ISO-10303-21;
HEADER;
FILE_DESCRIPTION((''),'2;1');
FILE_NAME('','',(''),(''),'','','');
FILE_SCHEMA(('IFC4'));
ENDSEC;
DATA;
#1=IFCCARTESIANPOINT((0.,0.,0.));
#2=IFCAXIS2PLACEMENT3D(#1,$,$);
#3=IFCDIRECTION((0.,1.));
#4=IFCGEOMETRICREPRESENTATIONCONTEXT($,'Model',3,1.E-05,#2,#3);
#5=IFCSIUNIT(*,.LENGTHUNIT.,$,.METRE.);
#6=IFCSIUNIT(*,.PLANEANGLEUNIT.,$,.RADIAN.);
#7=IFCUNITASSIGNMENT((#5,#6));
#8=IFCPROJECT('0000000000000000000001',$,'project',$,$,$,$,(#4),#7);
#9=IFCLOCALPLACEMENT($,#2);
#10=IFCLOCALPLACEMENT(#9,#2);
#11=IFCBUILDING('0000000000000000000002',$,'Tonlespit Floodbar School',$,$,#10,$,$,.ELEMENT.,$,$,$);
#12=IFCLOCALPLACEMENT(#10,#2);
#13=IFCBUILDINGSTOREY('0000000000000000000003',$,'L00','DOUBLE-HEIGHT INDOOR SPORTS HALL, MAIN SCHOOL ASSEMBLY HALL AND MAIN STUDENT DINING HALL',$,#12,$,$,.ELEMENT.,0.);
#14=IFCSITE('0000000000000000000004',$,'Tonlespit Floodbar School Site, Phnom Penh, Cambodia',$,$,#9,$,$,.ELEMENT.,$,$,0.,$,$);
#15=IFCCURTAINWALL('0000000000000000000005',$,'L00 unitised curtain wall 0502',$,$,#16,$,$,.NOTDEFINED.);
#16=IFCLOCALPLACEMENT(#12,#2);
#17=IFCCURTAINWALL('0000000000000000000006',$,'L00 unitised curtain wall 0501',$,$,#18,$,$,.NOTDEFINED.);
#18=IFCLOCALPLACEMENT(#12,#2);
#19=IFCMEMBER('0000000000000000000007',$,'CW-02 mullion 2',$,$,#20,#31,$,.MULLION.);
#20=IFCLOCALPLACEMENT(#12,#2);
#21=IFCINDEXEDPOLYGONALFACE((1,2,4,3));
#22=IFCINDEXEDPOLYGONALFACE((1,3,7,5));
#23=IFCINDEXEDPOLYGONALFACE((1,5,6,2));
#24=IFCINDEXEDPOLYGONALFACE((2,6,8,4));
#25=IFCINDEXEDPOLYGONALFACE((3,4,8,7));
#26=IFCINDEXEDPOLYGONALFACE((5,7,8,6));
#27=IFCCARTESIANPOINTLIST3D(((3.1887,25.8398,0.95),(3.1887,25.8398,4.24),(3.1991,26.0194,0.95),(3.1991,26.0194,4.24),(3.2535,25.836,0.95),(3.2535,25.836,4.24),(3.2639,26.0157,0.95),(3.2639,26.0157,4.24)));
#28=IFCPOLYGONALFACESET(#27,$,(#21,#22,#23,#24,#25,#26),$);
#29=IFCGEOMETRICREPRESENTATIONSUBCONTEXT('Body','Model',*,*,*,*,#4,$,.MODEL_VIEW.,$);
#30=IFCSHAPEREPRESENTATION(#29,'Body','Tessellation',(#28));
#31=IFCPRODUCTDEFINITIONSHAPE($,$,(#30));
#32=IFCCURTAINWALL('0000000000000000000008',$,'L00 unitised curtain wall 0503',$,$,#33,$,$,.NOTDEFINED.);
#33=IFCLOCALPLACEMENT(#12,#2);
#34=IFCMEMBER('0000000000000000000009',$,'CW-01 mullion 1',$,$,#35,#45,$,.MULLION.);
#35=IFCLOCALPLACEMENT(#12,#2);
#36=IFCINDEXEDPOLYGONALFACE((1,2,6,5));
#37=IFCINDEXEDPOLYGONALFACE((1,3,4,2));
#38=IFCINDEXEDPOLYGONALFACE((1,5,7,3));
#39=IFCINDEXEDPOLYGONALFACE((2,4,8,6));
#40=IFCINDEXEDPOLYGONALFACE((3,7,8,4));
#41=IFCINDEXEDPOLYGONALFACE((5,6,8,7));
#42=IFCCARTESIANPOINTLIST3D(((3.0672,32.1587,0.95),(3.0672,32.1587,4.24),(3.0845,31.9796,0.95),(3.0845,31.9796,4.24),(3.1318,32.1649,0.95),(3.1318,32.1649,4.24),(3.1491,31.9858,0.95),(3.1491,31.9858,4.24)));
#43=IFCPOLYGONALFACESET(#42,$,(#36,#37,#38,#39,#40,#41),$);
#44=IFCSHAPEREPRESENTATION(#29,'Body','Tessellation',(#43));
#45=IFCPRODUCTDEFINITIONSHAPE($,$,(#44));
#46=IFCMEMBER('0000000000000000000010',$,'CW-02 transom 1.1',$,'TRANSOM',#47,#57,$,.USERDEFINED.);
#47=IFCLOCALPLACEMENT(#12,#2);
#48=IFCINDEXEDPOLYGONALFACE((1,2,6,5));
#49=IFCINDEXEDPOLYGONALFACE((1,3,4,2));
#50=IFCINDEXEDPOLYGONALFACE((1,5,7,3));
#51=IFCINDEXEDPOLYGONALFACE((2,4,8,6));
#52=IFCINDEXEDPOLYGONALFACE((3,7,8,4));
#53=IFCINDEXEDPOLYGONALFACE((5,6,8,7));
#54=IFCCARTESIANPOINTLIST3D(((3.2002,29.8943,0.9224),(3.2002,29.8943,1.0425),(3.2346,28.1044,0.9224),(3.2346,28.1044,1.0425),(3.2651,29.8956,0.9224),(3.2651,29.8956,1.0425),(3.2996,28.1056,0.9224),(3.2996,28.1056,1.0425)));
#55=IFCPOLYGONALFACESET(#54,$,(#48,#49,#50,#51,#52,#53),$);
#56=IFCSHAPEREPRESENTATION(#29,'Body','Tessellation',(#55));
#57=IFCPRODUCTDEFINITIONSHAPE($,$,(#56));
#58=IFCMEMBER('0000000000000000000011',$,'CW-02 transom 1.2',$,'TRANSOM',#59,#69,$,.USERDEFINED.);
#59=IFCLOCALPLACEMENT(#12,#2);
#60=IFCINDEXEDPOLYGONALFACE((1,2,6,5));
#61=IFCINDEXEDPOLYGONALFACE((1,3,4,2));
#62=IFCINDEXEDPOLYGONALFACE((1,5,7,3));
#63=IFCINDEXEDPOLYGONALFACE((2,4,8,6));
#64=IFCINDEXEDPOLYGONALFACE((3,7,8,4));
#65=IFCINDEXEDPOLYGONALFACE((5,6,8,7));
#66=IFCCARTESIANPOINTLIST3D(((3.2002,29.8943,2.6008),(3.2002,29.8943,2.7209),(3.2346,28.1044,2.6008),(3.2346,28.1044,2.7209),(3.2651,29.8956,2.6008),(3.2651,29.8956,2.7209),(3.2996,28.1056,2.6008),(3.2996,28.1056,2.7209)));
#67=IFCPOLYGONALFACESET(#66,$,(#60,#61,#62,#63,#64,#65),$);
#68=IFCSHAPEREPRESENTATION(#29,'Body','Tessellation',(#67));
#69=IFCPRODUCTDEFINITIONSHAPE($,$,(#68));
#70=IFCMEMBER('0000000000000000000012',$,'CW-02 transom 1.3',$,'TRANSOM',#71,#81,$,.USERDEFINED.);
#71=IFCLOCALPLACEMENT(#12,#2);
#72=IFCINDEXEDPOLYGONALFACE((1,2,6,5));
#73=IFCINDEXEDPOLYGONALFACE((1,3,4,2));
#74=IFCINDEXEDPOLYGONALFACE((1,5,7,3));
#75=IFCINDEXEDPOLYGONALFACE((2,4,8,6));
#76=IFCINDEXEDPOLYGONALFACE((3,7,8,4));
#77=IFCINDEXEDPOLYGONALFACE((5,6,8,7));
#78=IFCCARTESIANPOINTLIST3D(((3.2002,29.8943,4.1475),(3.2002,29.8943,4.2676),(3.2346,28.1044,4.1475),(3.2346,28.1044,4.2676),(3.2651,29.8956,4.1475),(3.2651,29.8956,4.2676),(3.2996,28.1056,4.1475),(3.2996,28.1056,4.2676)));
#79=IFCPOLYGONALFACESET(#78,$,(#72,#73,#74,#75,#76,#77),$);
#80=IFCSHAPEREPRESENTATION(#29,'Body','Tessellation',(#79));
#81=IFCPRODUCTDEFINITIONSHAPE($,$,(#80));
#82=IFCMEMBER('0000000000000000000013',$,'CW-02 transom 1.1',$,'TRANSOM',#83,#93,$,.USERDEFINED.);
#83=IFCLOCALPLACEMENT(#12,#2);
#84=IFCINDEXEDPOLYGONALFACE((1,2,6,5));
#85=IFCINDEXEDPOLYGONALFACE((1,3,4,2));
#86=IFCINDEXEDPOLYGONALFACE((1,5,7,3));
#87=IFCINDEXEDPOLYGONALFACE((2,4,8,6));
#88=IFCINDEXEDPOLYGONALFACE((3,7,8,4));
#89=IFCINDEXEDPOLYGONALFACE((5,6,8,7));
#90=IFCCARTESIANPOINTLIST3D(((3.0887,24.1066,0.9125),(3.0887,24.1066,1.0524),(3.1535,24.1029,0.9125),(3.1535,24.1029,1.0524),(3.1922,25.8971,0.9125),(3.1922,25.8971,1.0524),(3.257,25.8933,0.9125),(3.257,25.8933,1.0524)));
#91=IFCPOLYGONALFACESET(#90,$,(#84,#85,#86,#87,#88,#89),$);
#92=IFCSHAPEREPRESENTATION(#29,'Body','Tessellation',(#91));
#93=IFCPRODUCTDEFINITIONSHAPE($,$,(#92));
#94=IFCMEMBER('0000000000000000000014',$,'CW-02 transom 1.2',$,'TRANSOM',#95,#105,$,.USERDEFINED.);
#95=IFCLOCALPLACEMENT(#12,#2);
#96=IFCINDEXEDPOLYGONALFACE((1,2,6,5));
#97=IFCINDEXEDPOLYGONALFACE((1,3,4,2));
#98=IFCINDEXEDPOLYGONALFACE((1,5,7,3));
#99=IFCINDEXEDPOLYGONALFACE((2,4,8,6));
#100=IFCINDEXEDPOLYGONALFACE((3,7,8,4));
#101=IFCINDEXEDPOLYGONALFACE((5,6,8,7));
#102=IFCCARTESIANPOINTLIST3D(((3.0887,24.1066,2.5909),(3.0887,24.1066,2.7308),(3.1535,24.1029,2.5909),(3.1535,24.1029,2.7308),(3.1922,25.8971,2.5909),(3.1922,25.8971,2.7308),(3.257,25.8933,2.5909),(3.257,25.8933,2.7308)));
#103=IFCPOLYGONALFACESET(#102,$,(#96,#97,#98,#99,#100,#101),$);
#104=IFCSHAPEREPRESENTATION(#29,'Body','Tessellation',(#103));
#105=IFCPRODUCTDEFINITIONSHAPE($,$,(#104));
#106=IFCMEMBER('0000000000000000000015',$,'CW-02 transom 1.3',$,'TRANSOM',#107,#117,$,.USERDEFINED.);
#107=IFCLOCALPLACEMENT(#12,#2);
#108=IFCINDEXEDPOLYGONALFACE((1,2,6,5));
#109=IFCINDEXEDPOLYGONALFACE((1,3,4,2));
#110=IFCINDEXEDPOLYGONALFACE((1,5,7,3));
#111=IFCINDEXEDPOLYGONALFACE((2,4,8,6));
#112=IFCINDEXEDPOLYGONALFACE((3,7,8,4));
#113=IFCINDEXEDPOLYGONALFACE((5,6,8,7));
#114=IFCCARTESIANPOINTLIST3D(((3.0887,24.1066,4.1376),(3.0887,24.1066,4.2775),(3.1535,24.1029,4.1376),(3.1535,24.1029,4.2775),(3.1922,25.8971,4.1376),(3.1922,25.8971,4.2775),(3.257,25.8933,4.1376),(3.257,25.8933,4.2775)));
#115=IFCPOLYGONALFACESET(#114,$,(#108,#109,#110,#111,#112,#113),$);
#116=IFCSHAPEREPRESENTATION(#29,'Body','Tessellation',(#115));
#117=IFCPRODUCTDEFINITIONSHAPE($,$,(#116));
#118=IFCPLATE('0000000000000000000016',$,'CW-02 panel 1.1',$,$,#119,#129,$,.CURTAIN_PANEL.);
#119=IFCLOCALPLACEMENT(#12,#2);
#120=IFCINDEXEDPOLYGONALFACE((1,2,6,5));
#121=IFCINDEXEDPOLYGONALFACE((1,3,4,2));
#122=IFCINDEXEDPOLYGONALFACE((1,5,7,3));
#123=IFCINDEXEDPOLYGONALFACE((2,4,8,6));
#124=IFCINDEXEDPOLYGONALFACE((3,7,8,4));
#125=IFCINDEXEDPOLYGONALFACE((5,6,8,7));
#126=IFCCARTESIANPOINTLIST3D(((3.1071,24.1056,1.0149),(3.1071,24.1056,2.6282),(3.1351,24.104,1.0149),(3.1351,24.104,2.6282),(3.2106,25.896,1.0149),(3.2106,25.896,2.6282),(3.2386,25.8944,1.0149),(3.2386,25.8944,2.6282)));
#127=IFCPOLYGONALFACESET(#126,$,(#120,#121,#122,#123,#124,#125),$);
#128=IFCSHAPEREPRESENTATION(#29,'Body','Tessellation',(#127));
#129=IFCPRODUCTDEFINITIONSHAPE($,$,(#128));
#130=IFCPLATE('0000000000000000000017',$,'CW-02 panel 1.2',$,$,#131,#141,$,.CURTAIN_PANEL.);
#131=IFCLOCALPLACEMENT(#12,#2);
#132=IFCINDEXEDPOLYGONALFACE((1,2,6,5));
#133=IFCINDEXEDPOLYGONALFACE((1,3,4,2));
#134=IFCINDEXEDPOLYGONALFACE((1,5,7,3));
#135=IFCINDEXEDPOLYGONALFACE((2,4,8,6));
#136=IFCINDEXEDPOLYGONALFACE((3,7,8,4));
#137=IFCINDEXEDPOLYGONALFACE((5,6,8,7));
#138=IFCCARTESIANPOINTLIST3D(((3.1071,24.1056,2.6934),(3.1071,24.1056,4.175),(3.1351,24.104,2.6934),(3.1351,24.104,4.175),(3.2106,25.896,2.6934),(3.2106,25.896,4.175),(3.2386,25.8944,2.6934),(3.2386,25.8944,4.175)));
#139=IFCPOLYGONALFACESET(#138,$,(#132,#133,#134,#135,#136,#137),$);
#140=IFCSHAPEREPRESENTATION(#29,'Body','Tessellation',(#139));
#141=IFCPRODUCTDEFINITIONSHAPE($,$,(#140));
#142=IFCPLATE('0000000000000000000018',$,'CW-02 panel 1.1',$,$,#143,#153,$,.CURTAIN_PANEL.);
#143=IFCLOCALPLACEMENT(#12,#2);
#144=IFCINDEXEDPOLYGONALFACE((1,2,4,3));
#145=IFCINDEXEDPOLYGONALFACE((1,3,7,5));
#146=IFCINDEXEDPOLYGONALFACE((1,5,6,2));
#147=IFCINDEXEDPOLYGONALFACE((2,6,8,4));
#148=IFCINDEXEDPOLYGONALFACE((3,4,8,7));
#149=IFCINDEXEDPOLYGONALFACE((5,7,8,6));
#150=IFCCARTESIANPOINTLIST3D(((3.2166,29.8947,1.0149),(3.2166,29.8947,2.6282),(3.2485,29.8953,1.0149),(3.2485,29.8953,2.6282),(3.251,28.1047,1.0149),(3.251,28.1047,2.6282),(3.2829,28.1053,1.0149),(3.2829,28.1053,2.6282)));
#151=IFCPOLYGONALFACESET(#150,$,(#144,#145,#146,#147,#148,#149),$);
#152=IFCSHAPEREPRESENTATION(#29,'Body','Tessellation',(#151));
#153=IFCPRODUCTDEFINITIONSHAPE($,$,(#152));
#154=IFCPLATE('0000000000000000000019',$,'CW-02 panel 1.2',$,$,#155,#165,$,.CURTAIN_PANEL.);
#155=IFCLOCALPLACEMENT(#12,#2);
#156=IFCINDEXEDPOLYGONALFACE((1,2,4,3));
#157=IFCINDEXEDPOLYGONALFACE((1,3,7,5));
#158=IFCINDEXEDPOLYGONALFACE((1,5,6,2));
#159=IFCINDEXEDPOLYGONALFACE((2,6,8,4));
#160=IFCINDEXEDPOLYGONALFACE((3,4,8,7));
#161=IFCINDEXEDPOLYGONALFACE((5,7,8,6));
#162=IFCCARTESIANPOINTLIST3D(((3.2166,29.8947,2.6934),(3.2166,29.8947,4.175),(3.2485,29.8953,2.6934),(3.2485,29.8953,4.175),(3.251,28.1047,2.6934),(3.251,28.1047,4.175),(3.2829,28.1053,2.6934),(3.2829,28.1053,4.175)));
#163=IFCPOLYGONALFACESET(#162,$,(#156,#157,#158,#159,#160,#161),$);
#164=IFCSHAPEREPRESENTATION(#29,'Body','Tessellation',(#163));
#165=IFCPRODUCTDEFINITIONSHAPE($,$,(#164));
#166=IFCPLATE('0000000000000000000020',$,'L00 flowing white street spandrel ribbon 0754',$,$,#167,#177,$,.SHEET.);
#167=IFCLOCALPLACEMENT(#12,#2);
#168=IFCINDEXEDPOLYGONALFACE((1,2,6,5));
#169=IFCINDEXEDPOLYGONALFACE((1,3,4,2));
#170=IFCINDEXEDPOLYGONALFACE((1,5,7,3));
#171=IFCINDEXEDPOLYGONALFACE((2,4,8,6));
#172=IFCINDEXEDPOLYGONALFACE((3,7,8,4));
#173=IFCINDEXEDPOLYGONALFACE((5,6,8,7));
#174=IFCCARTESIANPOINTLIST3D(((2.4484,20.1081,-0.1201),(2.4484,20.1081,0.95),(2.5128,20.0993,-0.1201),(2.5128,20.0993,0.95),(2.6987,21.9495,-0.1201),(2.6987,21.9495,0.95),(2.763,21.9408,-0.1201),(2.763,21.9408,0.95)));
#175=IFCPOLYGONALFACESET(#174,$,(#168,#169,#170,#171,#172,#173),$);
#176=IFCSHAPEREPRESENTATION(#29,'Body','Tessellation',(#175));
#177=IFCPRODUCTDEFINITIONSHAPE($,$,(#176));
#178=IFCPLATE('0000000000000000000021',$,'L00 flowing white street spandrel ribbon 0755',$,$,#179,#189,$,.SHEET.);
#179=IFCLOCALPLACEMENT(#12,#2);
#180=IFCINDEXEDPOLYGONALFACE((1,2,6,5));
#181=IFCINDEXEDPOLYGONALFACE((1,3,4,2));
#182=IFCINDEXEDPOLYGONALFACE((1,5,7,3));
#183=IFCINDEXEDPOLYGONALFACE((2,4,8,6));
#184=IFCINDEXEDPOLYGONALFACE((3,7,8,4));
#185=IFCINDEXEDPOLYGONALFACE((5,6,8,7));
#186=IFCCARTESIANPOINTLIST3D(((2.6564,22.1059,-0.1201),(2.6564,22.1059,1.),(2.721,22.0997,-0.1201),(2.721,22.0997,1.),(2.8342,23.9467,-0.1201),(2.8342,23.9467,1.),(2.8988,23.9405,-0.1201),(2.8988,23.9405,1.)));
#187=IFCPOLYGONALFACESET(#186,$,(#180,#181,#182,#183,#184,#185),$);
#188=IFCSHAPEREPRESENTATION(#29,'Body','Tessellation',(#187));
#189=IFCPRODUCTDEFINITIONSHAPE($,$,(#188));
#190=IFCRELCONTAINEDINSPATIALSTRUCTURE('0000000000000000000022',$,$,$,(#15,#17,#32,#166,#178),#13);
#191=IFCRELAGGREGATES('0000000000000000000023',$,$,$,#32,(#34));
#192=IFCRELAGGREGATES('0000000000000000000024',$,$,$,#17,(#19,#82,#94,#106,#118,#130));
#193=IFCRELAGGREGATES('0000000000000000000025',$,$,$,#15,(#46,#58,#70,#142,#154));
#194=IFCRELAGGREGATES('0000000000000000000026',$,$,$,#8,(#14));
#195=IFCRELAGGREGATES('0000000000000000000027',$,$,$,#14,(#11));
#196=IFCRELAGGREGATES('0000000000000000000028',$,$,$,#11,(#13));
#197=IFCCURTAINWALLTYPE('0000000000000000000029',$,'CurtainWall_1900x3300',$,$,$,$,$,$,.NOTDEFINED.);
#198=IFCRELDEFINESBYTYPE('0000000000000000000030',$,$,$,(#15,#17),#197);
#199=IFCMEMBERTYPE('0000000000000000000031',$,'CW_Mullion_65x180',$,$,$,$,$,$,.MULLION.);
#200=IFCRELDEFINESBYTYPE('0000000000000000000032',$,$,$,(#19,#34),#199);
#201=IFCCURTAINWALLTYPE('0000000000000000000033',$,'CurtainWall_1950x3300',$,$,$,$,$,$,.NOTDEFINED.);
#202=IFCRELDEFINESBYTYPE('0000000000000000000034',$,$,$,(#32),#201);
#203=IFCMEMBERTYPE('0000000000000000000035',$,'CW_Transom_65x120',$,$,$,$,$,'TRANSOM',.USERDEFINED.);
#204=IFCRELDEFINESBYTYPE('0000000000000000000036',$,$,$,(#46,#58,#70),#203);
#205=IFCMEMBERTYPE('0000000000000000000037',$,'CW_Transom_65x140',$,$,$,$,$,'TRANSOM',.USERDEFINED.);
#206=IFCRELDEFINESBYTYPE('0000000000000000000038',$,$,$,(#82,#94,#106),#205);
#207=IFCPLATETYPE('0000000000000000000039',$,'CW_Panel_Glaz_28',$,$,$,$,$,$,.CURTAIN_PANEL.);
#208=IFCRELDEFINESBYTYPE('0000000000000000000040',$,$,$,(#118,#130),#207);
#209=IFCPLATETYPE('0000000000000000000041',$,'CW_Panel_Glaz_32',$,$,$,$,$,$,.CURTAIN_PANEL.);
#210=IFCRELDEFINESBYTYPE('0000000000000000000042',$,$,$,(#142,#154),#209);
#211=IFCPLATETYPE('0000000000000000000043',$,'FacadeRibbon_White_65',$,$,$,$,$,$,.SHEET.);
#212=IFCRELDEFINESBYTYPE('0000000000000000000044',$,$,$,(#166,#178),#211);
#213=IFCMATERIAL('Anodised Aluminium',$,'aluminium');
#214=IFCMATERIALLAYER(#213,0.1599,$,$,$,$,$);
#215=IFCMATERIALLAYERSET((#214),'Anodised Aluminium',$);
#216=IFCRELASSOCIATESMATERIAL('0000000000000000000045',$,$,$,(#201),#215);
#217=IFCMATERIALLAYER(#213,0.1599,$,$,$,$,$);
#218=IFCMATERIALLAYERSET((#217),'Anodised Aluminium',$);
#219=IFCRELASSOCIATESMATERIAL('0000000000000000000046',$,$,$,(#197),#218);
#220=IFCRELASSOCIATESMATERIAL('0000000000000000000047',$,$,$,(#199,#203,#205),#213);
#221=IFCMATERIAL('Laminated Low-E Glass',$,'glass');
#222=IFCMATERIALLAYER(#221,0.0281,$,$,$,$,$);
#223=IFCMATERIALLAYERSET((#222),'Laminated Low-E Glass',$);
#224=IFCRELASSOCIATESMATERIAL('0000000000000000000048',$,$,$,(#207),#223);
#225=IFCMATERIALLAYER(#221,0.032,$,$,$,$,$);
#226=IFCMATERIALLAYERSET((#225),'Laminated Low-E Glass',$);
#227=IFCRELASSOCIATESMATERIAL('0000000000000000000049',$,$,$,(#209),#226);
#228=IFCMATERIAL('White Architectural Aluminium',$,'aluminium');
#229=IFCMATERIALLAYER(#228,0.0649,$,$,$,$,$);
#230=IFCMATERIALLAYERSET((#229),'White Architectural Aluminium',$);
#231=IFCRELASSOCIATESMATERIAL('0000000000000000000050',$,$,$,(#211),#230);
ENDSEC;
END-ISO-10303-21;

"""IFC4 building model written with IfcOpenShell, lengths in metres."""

from ifc_helpers import new_model, si_unit, direction, frame, origin, origin_2d, place, context, subcontext, project, spatial, rectangle, extrude, material, layer, layer_set, material_profile, profile_set, type_object, element, aggregate, save


model = new_model("IFC4")

# Units and contexts
model_context = context("Model", 3, precision=1e-05, world=origin(), true_north=direction((0.0, 1.0)))
body_context = subcontext(model_context, "Body", "Model", "MODEL_VIEW")
ifc_project = project(units=[si_unit("LENGTHUNIT", "METRE"), si_unit("PLANEANGLEUNIT", "RADIAN")], contexts=[model_context])

# Site, building, storey
site_placement = place(None, origin())
site = spatial("IfcSite", under=ifc_project, at=site_placement, Name="Tonlespit Floodbar School Site, Phnom Penh, Cambodia", CompositionType="ELEMENT", RefElevation=0.0)
building_placement = place(site_placement, origin())
building = spatial("IfcBuilding", under=site, at=building_placement, Name="Tonlespit Floodbar School", CompositionType="ELEMENT")
storey_placement = place(building_placement, origin())
storey = spatial("IfcBuildingStorey", under=building, at=storey_placement, Name="L00", Description="DOUBLE-HEIGHT INDOOR SPORTS HALL, MAIN SCHOOL ASSEMBLY HALL AND MAIN STUDENT DINING HALL", CompositionType="ELEMENT", Elevation=0.0)

# Shared definitions
ifc_material_1 = material(Name="Anodised Aluminium", Category="aluminium")
ifc_layer_1 = layer(ifc_material_1, 0.1599)
ifc_layer_set_1 = layer_set([ifc_layer_1], Name="Anodised Aluminium")
curtain_wall_type_1 = type_object("IfcCurtainWallType", Name="CurtainWall_1950x3300", PredefinedType="NOTDEFINED", material=ifc_layer_set_1)

# Curtain walls, member
ifc_layer_2 = layer(ifc_material_1, 0.1599)
ifc_layer_set_2 = layer_set([ifc_layer_2], Name="Anodised Aluminium")
curtain_wall_type_2 = type_object("IfcCurtainWallType", Name="CurtainWall_1900x3300", PredefinedType="NOTDEFINED", material=ifc_layer_set_2)
curtain_wall_1_placement = place(storey_placement, origin())
curtain_wall_1 = element("IfcCurtainWall", 1, at=curtain_wall_1_placement, inside=storey, type_object=curtain_wall_type_2, Name="L00 unitised curtain wall 0502", PredefinedType="NOTDEFINED")
curtain_wall_2_placement = place(storey_placement, origin())
curtain_wall_2 = element("IfcCurtainWall", 2, at=curtain_wall_2_placement, inside=storey, type_object=curtain_wall_type_2, Name="L00 unitised curtain wall 0501", PredefinedType="NOTDEFINED")
ifc_material_profile_1 = material_profile(ifc_material_1, rectangle(XDim=0.0649, YDim=0.1799, at=origin_2d()), Name="ALU M65x180")
ifc_profile_set_1 = profile_set([ifc_material_profile_1], Name="Anodised Aluminium")
member_type_1 = type_object("IfcMemberType", Name="CW_Mullion_65x180", PredefinedType="MULLION", material=ifc_profile_set_1)
member_1_placement = place(storey_placement, frame((3.2263, 25.9277, 0.95), z_axis=(0.0, 0.0, 1.0), x_axis=(-0.998333, 0.05771, 0.0)))
member_1 = element("IfcMember", 3, at=member_1_placement, type_object=member_type_1, Name="CW-02 mullion 2", PredefinedType="MULLION", context=body_context, shape_type="SweptSolid", body=[
    extrude(rectangle(XDim=0.0649, YDim=0.1799, at=origin_2d()), origin(), (0.0, 0.0, 1.0), 3.29),
])

# Curtain wall, member
curtain_wall_3_placement = place(storey_placement, origin())
curtain_wall_3 = element("IfcCurtainWall", 4, at=curtain_wall_3_placement, inside=storey, type_object=curtain_wall_type_1, Name="L00 unitised curtain wall 0503", PredefinedType="NOTDEFINED")
member_2_placement = place(storey_placement, frame((3.1082, 32.0723, 0.95), z_axis=(0.0, 0.0, 1.0), x_axis=(-0.995362, -0.096198, 0.0)))
member_2 = element("IfcMember", 5, at=member_2_placement, type_object=member_type_1, Name="CW-01 mullion 1", PredefinedType="MULLION", context=body_context, shape_type="SweptSolid", body=[
    extrude(rectangle(XDim=0.0649, YDim=0.1799, at=origin_2d()), origin(), (0.0, 0.0, 1.0), 3.29),
])
aggregate(curtain_wall_3, [member_2])

# Members
ifc_material_profile_2 = material_profile(ifc_material_1, rectangle(XDim=0.0649, YDim=0.1201, at=origin_2d()), Name="ALU T65x120")
ifc_profile_set_2 = profile_set([ifc_material_profile_2], Name="Anodised Aluminium")
member_type_2 = type_object("IfcMemberType", Name="CW_Transom_65x120", ElementType="TRANSOM", PredefinedType="USERDEFINED", material=ifc_profile_set_2)
member_3_placement = place(storey_placement, frame((3.2671, 28.105, 0.9824), z_axis=(-0.019227, 0.999815, 0.0), x_axis=(-0.999815, -0.019227, 0.0)))
member_3 = element("IfcMember", 6, at=member_3_placement, type_object=member_type_2, Name="CW-02 transom 1.1", ObjectType="TRANSOM", PredefinedType="USERDEFINED", context=body_context, shape_type="SweptSolid", body=[
    extrude(rectangle(XDim=0.0649, YDim=0.1201, at=origin_2d()), origin(), (0.0, 0.0, 1.0), 1.7903),
])
member_4_placement = place(storey_placement, frame((3.2671, 28.105, 2.6609), z_axis=(-0.019227, 0.999815, 0.0), x_axis=(-0.999815, -0.019227, 0.0)))
member_4 = element("IfcMember", 7, at=member_4_placement, type_object=member_type_2, Name="CW-02 transom 1.2", ObjectType="TRANSOM", PredefinedType="USERDEFINED", context=body_context, shape_type="SweptSolid", body=[
    extrude(rectangle(XDim=0.0649, YDim=0.1201, at=origin_2d()), origin(), (0.0, 0.0, 1.0), 1.7903),
])
member_5_placement = place(storey_placement, frame((3.2671, 28.105, 4.2075), z_axis=(-0.019227, 0.999815, 0.0), x_axis=(-0.999815, -0.019227, 0.0)))
member_5 = element("IfcMember", 8, at=member_5_placement, type_object=member_type_2, Name="CW-02 transom 1.3", ObjectType="TRANSOM", PredefinedType="USERDEFINED", context=body_context, shape_type="SweptSolid", body=[
    extrude(rectangle(XDim=0.0649, YDim=0.1201, at=origin_2d()), origin(), (0.0, 0.0, 1.0), 1.7903),
])
ifc_material_profile_3 = material_profile(ifc_material_1, rectangle(XDim=0.0649, YDim=0.1399, at=origin_2d()), Name="ALU T65x140")
ifc_profile_set_3 = profile_set([ifc_material_profile_3], Name="Anodised Aluminium")
member_type_3 = type_object("IfcMemberType", Name="CW_Transom_65x140", ElementType="TRANSOM", PredefinedType="USERDEFINED", material=ifc_profile_set_3)
member_6_placement = place(storey_placement, frame((3.1211, 24.1047, 0.9824), z_axis=(0.057717, 0.998333, 0.0), x_axis=(-0.998333, 0.057717, 0.0)))
member_6 = element("IfcMember", 9, at=member_6_placement, type_object=member_type_3, Name="CW-02 transom 1.1", ObjectType="TRANSOM", PredefinedType="USERDEFINED", context=body_context, shape_type="SweptSolid", body=[
    extrude(rectangle(XDim=0.0649, YDim=0.1399, at=origin_2d()), origin(), (0.0, 0.0, 1.0), 1.7935),
])
member_7_placement = place(storey_placement, frame((3.1211, 24.1047, 2.6609), z_axis=(0.057717, 0.998333, 0.0), x_axis=(-0.998333, 0.057717, 0.0)))
member_7 = element("IfcMember", 10, at=member_7_placement, type_object=member_type_3, Name="CW-02 transom 1.2", ObjectType="TRANSOM", PredefinedType="USERDEFINED", context=body_context, shape_type="SweptSolid", body=[
    extrude(rectangle(XDim=0.0649, YDim=0.1399, at=origin_2d()), origin(), (0.0, 0.0, 1.0), 1.7935),
])
member_8_placement = place(storey_placement, frame((3.1211, 24.1047, 4.2075), z_axis=(0.057717, 0.998333, 0.0), x_axis=(-0.998333, 0.057717, 0.0)))
member_8 = element("IfcMember", 11, at=member_8_placement, type_object=member_type_3, Name="CW-02 transom 1.3", ObjectType="TRANSOM", PredefinedType="USERDEFINED", context=body_context, shape_type="SweptSolid", body=[
    extrude(rectangle(XDim=0.0649, YDim=0.1399, at=origin_2d()), origin(), (0.0, 0.0, 1.0), 1.7935),
])

# Plates
ifc_material_2 = material(Name="Laminated Low-E Glass", Category="glass")
ifc_layer_3 = layer(ifc_material_2, 0.0281)
ifc_layer_set_3 = layer_set([ifc_layer_3], Name="Laminated Low-E Glass")
plate_type_1 = type_object("IfcPlateType", Name="CW_Panel_Glaz_28", PredefinedType="CURTAIN_PANEL", material=ifc_layer_set_3)
plate_1_placement = place(storey_placement, frame((3.1729, 25.0, 1.0149), z_axis=(0.0, 0.0, 1.0), x_axis=(0.05771, 0.998333, 0.0)))
plate_1 = element("IfcPlate", 12, at=plate_1_placement, type_object=plate_type_1, Name="CW-02 panel 1.1", PredefinedType="CURTAIN_PANEL", context=body_context, shape_type="SweptSolid", body=[
    extrude(rectangle(XDim=1.7935, YDim=0.0281, at=origin_2d()), origin(), (0.0, 0.0, 1.0), 1.6133),
])
plate_2_placement = place(storey_placement, frame((3.1729, 25.0, 2.6934), z_axis=(0.0, 0.0, 1.0), x_axis=(0.05771, 0.998333, 0.0)))
plate_2 = element("IfcPlate", 13, at=plate_2_placement, type_object=plate_type_1, Name="CW-02 panel 1.2", PredefinedType="CURTAIN_PANEL", context=body_context, shape_type="SweptSolid", body=[
    extrude(rectangle(XDim=1.7935, YDim=0.0281, at=origin_2d()), origin(), (0.0, 0.0, 1.0), 1.4817),
])
aggregate(curtain_wall_2, [member_1, member_6, member_7, member_8, plate_1, plate_2])
ifc_layer_4 = layer(ifc_material_2, 0.032)
ifc_layer_set_4 = layer_set([ifc_layer_4], Name="Laminated Low-E Glass")
plate_type_2 = type_object("IfcPlateType", Name="CW_Panel_Glaz_32", PredefinedType="CURTAIN_PANEL", material=ifc_layer_set_4)
plate_3_placement = place(storey_placement, frame((3.2498, 29.0, 1.0149), z_axis=(0.0, 0.0, 1.0), x_axis=(-0.019215, 0.999815, 0.0)))
plate_3 = element("IfcPlate", 14, at=plate_3_placement, type_object=plate_type_2, Name="CW-02 panel 1.1", PredefinedType="CURTAIN_PANEL", context=body_context, shape_type="SweptSolid", body=[
    extrude(rectangle(XDim=1.7903, YDim=0.032, at=origin_2d()), origin(), (0.0, 0.0, 1.0), 1.6133),
])
plate_4_placement = place(storey_placement, frame((3.2498, 29.0, 2.6934), z_axis=(0.0, 0.0, 1.0), x_axis=(-0.019215, 0.999815, 0.0)))
plate_4 = element("IfcPlate", 15, at=plate_4_placement, type_object=plate_type_2, Name="CW-02 panel 1.2", PredefinedType="CURTAIN_PANEL", context=body_context, shape_type="SweptSolid", body=[
    extrude(rectangle(XDim=1.7903, YDim=0.032, at=origin_2d()), origin(), (0.0, 0.0, 1.0), 1.4817),
])
aggregate(curtain_wall_1, [member_3, member_4, member_5, plate_3, plate_4])

# Plates
ifc_material_3 = material(Name="White Architectural Aluminium", Category="aluminium")
ifc_layer_5 = layer(ifc_material_3, 0.0649)
ifc_layer_set_5 = layer_set([ifc_layer_5], Name="White Architectural Aluminium")
plate_type_3 = type_object("IfcPlateType", Name="FacadeRibbon_White_65", PredefinedType="SHEET", material=ifc_layer_set_5)
plate_5_placement = place(storey_placement, frame((2.6057, 21.0244, -0.1201), z_axis=(0.0, 0.0, 1.0), x_axis=(0.134662, 0.990892, 0.0)))
element("IfcPlate", 16, at=plate_5_placement, inside=storey, type_object=plate_type_3, Name="L00 flowing white street spandrel ribbon 0754", PredefinedType="SHEET", context=body_context, shape_type="SweptSolid", body=[
    extrude(rectangle(XDim=1.8584, YDim=0.0649, at=origin_2d()), origin(), (0.0, 0.0, 1.0), 1.0701),
])
plate_6_placement = place(storey_placement, frame((2.7776, 23.0232, -0.1201), z_axis=(0.0, 0.0, 1.0), x_axis=(0.096153, 0.995367, 0.0)))
element("IfcPlate", 17, at=plate_6_placement, inside=storey, type_object=plate_type_3, Name="L00 flowing white street spandrel ribbon 0755", PredefinedType="SHEET", context=body_context, shape_type="SweptSolid", body=[
    extrude(rectangle(XDim=1.8494, YDim=0.0649, at=origin_2d()), origin(), (0.0, 0.0, 1.0), 1.1201),
])

save(model, "model.ifc")
